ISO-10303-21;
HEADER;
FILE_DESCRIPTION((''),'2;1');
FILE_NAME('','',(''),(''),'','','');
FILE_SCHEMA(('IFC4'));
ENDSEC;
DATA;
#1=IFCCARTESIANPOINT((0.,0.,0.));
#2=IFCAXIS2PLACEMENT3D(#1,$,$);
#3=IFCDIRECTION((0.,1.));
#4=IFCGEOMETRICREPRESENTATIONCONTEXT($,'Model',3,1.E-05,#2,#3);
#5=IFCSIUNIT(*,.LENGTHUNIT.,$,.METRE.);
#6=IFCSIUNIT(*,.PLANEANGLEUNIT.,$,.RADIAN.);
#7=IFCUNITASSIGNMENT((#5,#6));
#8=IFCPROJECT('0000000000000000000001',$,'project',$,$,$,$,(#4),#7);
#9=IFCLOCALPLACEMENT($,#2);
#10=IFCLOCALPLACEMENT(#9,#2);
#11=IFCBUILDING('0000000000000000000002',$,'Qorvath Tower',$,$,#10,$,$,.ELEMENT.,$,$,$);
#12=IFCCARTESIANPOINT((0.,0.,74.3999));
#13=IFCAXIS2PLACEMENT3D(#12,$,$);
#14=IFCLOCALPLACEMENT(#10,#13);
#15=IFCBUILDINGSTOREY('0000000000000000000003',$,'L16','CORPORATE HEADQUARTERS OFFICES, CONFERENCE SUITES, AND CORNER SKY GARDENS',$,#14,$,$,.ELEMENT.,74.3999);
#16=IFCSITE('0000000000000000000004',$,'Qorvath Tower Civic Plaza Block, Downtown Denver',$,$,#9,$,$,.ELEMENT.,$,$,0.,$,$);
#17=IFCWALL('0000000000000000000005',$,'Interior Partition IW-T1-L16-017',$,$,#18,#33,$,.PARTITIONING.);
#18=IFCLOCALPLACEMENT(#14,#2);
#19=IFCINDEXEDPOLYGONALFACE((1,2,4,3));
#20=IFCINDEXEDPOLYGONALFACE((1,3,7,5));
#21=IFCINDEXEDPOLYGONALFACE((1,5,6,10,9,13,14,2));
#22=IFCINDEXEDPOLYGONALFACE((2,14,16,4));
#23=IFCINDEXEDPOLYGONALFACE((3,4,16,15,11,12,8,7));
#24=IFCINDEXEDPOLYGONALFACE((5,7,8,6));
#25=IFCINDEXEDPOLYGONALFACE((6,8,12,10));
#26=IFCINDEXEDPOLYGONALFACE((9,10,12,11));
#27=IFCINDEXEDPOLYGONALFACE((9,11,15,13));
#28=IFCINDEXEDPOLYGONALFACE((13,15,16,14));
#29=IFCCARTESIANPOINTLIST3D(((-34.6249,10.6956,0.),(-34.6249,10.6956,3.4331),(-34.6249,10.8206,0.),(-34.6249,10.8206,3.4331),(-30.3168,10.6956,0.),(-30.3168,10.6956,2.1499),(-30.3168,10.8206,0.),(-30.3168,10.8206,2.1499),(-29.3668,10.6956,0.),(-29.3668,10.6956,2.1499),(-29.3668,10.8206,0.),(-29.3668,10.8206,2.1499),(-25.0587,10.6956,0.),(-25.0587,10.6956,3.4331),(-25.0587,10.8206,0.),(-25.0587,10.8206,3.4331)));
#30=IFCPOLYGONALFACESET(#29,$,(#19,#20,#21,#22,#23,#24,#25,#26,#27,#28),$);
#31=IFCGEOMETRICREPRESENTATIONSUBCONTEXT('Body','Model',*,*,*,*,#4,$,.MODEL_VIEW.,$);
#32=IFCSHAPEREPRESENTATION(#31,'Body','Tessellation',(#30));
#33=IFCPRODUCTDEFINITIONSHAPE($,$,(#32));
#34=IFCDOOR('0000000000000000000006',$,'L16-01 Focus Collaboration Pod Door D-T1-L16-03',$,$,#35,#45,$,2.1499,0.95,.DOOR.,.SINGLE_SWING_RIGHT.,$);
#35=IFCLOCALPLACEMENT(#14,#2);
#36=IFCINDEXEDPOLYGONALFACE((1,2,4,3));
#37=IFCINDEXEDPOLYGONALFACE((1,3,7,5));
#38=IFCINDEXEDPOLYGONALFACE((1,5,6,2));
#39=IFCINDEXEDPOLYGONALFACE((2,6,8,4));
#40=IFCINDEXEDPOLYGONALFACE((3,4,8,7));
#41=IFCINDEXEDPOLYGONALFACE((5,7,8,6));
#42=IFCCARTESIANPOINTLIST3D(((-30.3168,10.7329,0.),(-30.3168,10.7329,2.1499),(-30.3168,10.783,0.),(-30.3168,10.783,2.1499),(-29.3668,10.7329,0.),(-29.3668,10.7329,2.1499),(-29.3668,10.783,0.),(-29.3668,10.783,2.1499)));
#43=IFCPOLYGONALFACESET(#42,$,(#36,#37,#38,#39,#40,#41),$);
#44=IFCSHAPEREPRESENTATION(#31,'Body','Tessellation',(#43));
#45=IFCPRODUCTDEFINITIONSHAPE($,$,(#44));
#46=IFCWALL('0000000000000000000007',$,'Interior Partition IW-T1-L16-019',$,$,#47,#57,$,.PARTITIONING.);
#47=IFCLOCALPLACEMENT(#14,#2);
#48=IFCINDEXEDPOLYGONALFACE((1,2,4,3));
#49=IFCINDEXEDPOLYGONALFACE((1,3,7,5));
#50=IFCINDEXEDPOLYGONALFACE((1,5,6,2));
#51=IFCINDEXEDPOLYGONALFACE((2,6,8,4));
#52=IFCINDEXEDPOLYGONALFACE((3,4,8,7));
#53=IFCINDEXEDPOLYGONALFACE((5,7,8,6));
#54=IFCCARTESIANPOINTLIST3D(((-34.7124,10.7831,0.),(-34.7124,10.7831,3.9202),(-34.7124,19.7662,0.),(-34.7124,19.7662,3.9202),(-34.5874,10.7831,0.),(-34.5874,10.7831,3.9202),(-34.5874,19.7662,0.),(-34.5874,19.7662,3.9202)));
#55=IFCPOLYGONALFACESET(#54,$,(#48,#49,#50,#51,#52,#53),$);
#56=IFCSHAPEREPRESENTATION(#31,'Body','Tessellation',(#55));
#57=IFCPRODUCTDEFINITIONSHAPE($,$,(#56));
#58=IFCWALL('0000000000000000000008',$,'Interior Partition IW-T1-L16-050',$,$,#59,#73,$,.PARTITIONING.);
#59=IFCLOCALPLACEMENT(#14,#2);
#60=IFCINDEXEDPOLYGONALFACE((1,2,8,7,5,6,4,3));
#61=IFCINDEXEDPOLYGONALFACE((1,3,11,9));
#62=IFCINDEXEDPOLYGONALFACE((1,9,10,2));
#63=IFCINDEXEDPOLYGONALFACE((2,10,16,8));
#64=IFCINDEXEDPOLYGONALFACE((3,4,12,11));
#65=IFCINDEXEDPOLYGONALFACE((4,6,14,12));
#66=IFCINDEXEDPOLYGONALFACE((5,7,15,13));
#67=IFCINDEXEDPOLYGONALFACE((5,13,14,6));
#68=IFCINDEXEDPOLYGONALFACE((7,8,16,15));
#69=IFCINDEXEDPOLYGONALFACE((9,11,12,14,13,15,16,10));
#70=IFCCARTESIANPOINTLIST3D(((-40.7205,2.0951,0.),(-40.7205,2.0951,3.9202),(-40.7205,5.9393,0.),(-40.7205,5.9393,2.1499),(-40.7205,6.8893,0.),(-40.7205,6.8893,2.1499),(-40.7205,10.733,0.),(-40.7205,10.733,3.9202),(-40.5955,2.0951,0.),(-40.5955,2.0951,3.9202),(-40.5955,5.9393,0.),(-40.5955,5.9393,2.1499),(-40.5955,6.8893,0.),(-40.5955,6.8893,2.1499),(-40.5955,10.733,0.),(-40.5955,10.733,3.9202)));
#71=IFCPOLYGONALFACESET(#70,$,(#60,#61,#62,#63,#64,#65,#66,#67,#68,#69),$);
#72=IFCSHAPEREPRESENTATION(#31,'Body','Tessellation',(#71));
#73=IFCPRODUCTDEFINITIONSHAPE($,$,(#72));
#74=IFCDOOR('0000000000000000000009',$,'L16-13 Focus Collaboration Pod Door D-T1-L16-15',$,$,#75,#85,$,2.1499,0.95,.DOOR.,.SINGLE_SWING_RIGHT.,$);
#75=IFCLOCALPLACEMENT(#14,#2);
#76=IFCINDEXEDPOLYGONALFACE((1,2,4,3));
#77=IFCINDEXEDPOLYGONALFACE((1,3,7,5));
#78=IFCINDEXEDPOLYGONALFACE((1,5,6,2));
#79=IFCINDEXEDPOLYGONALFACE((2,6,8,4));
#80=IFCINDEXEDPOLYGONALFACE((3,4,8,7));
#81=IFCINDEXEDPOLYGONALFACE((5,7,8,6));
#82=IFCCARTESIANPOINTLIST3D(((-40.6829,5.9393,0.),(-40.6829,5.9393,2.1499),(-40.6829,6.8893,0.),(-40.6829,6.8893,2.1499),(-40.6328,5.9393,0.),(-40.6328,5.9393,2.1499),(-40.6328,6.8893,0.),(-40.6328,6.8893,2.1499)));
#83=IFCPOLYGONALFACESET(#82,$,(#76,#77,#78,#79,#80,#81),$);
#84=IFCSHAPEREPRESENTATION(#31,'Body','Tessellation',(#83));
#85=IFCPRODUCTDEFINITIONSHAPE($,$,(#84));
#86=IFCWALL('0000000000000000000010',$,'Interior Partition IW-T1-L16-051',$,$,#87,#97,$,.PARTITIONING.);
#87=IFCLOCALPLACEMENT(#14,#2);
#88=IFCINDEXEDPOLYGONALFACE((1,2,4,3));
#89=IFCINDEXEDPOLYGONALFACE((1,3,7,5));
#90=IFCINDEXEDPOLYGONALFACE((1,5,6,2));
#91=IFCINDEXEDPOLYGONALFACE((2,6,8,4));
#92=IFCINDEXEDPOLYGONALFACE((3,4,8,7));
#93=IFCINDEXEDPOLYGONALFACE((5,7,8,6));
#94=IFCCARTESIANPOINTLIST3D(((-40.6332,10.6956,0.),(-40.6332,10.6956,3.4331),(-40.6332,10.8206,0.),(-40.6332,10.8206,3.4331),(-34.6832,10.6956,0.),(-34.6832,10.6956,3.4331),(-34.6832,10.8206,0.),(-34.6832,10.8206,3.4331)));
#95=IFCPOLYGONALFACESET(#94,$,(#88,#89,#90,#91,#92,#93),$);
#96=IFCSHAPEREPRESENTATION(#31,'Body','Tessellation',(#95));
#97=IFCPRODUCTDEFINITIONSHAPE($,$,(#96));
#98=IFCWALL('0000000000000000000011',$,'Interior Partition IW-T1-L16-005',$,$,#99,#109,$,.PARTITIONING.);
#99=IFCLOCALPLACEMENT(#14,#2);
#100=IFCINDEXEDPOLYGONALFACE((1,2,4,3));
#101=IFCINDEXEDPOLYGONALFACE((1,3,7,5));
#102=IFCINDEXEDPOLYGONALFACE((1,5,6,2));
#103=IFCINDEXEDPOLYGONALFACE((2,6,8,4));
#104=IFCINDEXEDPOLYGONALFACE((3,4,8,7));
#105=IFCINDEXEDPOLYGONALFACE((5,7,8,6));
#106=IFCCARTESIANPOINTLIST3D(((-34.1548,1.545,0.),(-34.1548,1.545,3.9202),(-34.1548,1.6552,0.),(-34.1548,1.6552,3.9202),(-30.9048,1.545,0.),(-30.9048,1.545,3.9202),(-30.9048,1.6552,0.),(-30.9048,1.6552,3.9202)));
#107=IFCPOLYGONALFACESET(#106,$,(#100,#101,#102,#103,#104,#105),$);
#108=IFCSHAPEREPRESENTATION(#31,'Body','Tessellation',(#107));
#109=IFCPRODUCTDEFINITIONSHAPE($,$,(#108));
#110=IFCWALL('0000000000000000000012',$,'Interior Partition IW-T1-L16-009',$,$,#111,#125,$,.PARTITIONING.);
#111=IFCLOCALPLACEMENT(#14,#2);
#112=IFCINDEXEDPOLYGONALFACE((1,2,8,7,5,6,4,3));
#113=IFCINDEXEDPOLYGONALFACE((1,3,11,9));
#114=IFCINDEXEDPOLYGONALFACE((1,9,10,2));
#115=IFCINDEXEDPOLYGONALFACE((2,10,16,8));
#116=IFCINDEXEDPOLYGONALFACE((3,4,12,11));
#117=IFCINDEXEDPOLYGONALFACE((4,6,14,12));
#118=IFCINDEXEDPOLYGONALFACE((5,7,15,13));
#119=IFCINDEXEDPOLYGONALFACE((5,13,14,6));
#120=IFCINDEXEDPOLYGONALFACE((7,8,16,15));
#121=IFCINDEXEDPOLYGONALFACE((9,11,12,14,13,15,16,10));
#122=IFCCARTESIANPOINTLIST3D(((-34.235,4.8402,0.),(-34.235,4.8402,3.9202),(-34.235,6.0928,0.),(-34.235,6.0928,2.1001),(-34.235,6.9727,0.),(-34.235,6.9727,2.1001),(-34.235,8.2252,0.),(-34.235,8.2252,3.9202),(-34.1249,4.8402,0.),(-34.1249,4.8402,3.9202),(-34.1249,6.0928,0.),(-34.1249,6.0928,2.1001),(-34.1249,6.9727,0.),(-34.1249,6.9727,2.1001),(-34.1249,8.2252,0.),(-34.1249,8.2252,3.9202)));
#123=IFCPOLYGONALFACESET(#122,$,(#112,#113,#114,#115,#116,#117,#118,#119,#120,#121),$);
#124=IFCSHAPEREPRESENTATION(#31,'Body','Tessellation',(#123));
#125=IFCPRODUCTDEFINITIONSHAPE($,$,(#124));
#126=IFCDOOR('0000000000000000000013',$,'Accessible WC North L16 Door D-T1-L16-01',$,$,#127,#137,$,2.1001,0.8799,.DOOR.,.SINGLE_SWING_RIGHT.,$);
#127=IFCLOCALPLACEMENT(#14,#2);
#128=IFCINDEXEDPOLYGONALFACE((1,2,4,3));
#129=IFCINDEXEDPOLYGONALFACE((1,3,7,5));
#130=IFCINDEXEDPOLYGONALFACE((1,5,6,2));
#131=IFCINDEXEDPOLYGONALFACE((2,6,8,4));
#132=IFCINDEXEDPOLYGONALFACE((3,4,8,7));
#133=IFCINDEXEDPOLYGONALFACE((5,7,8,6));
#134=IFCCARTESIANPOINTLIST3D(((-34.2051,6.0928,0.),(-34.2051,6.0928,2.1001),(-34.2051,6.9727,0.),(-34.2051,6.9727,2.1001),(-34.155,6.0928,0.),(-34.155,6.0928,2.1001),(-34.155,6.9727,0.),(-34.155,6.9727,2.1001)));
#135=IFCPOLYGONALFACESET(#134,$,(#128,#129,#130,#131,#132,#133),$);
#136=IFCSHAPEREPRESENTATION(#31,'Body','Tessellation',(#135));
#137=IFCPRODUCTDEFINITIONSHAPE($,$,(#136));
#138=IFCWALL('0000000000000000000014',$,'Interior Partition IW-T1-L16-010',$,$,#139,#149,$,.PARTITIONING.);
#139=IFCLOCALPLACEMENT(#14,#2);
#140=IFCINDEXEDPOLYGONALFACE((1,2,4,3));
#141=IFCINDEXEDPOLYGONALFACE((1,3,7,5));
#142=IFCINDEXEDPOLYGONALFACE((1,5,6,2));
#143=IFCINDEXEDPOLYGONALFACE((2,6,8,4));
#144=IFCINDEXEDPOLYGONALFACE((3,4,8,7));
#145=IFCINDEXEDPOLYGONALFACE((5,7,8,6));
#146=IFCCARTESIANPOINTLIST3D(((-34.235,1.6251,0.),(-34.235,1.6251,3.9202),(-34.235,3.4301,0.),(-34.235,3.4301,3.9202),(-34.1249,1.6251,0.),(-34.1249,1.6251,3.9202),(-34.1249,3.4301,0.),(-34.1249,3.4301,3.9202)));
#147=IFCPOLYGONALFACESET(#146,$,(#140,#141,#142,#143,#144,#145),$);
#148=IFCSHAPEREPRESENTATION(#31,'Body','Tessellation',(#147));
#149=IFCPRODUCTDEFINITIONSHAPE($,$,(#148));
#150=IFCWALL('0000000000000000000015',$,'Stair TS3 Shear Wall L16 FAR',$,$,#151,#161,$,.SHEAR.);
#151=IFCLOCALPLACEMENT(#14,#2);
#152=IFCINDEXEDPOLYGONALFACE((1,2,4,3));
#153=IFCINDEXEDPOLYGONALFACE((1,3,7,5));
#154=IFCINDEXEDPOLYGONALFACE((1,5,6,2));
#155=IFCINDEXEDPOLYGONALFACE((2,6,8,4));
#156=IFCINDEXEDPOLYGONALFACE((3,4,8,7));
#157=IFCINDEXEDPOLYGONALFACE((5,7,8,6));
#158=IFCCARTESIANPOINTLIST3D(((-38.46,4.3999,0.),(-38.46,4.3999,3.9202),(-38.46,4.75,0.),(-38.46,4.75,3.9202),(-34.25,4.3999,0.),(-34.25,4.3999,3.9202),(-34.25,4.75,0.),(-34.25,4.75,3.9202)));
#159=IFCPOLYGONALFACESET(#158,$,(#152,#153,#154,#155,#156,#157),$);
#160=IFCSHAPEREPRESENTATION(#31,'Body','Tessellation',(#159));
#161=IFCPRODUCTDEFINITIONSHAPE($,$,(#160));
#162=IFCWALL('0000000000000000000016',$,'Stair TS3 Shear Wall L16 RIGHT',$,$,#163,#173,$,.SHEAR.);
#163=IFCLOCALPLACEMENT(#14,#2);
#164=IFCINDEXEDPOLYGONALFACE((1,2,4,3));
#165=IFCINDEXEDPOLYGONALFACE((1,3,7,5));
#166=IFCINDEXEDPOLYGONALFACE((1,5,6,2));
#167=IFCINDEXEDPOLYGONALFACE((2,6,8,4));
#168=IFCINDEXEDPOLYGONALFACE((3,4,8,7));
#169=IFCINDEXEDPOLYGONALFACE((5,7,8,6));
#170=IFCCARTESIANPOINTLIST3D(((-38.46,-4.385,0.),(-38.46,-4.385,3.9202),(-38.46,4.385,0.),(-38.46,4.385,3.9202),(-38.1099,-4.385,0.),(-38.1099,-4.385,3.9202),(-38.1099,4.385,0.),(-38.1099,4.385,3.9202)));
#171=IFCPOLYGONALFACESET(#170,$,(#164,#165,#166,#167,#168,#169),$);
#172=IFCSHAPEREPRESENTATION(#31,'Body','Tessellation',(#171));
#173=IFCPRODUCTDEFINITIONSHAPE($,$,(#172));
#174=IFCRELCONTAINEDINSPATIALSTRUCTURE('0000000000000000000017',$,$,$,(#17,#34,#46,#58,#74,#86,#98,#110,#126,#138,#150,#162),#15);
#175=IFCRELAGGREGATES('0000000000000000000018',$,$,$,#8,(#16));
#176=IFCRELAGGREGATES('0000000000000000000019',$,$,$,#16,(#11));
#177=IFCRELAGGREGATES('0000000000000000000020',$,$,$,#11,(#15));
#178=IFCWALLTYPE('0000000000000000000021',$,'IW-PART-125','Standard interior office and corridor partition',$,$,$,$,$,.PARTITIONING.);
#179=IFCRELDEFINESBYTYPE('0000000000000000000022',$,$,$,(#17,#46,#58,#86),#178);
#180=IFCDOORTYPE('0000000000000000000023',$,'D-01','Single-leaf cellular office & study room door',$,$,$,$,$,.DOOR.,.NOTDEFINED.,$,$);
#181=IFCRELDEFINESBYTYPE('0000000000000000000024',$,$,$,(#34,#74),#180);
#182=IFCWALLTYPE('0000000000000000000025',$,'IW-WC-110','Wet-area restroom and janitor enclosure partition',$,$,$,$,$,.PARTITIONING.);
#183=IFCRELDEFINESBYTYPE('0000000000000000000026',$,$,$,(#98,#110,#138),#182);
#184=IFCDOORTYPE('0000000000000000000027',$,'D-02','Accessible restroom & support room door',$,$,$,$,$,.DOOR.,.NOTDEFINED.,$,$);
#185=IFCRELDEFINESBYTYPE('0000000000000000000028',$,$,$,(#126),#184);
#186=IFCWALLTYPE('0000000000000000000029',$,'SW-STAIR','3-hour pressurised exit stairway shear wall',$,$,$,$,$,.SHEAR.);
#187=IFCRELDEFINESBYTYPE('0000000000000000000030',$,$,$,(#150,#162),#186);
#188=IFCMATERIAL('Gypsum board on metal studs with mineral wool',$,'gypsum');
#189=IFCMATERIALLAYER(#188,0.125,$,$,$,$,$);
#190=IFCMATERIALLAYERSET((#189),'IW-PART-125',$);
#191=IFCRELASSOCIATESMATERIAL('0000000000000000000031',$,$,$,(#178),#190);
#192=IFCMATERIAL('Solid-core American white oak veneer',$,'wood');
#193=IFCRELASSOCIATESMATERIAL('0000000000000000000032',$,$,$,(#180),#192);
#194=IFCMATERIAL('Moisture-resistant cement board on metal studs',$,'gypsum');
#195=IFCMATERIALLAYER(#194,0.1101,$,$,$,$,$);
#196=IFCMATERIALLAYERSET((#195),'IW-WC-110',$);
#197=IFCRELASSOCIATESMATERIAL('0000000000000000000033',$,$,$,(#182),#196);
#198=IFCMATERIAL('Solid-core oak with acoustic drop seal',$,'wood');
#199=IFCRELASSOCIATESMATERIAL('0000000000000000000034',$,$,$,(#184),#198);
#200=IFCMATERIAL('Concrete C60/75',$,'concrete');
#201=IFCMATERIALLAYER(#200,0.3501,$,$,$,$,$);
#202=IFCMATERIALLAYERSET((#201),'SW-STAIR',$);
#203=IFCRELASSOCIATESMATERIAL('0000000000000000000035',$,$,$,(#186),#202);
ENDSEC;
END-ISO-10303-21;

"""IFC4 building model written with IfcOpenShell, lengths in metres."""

from ifc_helpers import new_model, si_unit, direction, frame, frame_2d, origin, place, context, subcontext, project, spatial, rectangle, extrude, material, layer, layer_set, type_object, element, fill, save


model = new_model("IFC4")

# Units and contexts
model_context = context("Model", 3, precision=1e-05, world=origin(), true_north=direction((0.0, 1.0)))
body_context = subcontext(model_context, "Body", "Model", "MODEL_VIEW")
ifc_project = project(units=[si_unit("LENGTHUNIT", "METRE"), si_unit("PLANEANGLEUNIT", "RADIAN")], contexts=[model_context])

# Site, building, storey
site_placement = place(None, origin())
site = spatial("IfcSite", under=ifc_project, at=site_placement, Name="Qorvath Tower Civic Plaza Block, Downtown Denver", CompositionType="ELEMENT", RefElevation=0.0)
building_placement = place(site_placement, origin())
building = spatial("IfcBuilding", under=site, at=building_placement, Name="Qorvath Tower", CompositionType="ELEMENT")
storey_placement = place(building_placement, frame((0.0, 0.0, 74.3999)))
storey = spatial("IfcBuildingStorey", under=building, at=storey_placement, Name="L16", Description="CORPORATE HEADQUARTERS OFFICES, CONFERENCE SUITES, AND CORNER SKY GARDENS", CompositionType="ELEMENT", Elevation=74.3999)

# Wall, opening, door
ifc_material_1 = material(Name="Gypsum board on metal studs with mineral wool", Category="gypsum")
ifc_layer_1 = layer(ifc_material_1, 0.125)
ifc_layer_set_1 = layer_set([ifc_layer_1], Name="IW-PART-125")
wall_type_1 = type_object("IfcWallType", Name="IW-PART-125", Description="Standard interior office and corridor partition", PredefinedType="PARTITIONING", material=ifc_layer_set_1)
wall_1_placement = place(storey_placement, frame((-34.625, 10.7581, 0.0), z_axis=(0.0, 0.0, 1.0), x_axis=(1.0, 0.0, 0.0)))
wall_1 = element("IfcWall", 1, at=wall_1_placement, inside=storey, type_object=wall_type_1, Name="Interior Partition IW-T1-L16-017", PredefinedType="PARTITIONING", context=body_context, shape_type="SweptSolid", body=[
    extrude(rectangle(XDim=9.5662, YDim=0.125, at=frame_2d((4.7832, 0.0))), origin(), (0.0, 0.0, 1.0), 3.4331),
])
opening_1_placement = place(wall_1_placement, frame((4.3081, 0.0, 0.0)))
opening_1 = element("IfcOpeningElement", 2, at=opening_1_placement, cuts=wall_1, PredefinedType="OPENING", context=body_context, shape_type="SweptSolid", body=[
    extrude(rectangle(XDim=0.95, YDim=2.1499, at=frame_2d((0.4751, 1.075))), frame((0.0, 0.0725, 0.0), z_axis=(0.0, -1.0, 0.0), x_axis=(1.0, 0.0, 0.0)), (0.0, 0.0, 1.0), 0.145),
])
ifc_material_2 = material(Name="Solid-core American white oak veneer", Category="wood")
door_type_1 = type_object("IfcDoorType", Name="D-01", Description="Single-leaf cellular office & study room door", OperationType="NOTDEFINED", PredefinedType="DOOR", material=ifc_material_2)
door_1_placement = place(opening_1_placement, origin())
door_1 = element("IfcDoor", 3, at=door_1_placement, inside=storey, type_object=door_type_1, Name="L16-01 Focus Collaboration Pod Door D-T1-L16-03", OperationType="SINGLE_SWING_RIGHT", OverallHeight=2.1499, OverallWidth=0.95, PredefinedType="DOOR", context=body_context, shape_type="SweptSolid", body=[
    extrude(rectangle(XDim=0.95, YDim=2.1499, at=frame_2d((0.4751, 1.075))), frame((0.0, 0.0249, 0.0), z_axis=(0.0, -1.0, 0.0), x_axis=(1.0, 0.0, 0.0)), (0.0, 0.0, 1.0), 0.05),
])
fill(opening_1, door_1)

# Wall
wall_2_placement = place(storey_placement, frame((-34.6499, 19.7664, 0.0), z_axis=(0.0, 0.0, 1.0), x_axis=(0.0, -1.0, 0.0)))
element("IfcWall", 4, at=wall_2_placement, inside=storey, type_object=wall_type_1, Name="Interior Partition IW-T1-L16-019", PredefinedType="PARTITIONING", context=body_context, shape_type="SweptSolid", body=[
    extrude(rectangle(XDim=8.9832, YDim=0.125, at=frame_2d((4.4917, 0.0))), origin(), (0.0, 0.0, 1.0), 3.9202),
])

# Wall, opening, door
wall_3_placement = place(storey_placement, frame((-40.658, 2.0952, 0.0), z_axis=(0.0, 0.0, 1.0), x_axis=(0.0, 1.0, 0.0)))
wall_3 = element("IfcWall", 5, at=wall_3_placement, inside=storey, type_object=wall_type_1, Name="Interior Partition IW-T1-L16-050", PredefinedType="PARTITIONING", context=body_context, shape_type="SweptSolid", body=[
    extrude(rectangle(XDim=8.6379, YDim=0.125, at=frame_2d((4.3188, 0.0))), origin(), (0.0, 0.0, 1.0), 3.9202),
])
opening_2_placement = place(wall_3_placement, frame((3.844, 0.0, 0.0)))
opening_2 = element("IfcOpeningElement", 6, at=opening_2_placement, cuts=wall_3, PredefinedType="OPENING", context=body_context, shape_type="SweptSolid", body=[
    extrude(rectangle(XDim=0.95, YDim=2.1499, at=frame_2d((0.4751, 1.075))), frame((0.0, 0.0725, 0.0), z_axis=(0.0, -1.0, 0.0), x_axis=(1.0, 0.0, 0.0)), (0.0, 0.0, 1.0), 0.145),
])
door_2_placement = place(opening_2_placement, origin())
door_2 = element("IfcDoor", 7, at=door_2_placement, inside=storey, type_object=door_type_1, Name="L16-13 Focus Collaboration Pod Door D-T1-L16-15", OperationType="SINGLE_SWING_RIGHT", OverallHeight=2.1499, OverallWidth=0.95, PredefinedType="DOOR", context=body_context, shape_type="SweptSolid", body=[
    extrude(rectangle(XDim=0.95, YDim=2.1499, at=frame_2d((0.4751, 1.075))), frame((0.0, 0.0249, 0.0), z_axis=(0.0, -1.0, 0.0), x_axis=(1.0, 0.0, 0.0)), (0.0, 0.0, 1.0), 0.05),
])
fill(opening_2, door_2)

# Walls
wall_4_placement = place(storey_placement, frame((-34.6831, 10.7581, 0.0), z_axis=(0.0, 0.0, 1.0), x_axis=(-1.0, 0.0, 0.0)))
element("IfcWall", 8, at=wall_4_placement, inside=storey, type_object=wall_type_1, Name="Interior Partition IW-T1-L16-051", PredefinedType="PARTITIONING", context=body_context, shape_type="SweptSolid", body=[
    extrude(rectangle(XDim=5.95, YDim=0.125, at=frame_2d((2.9751, 0.0))), origin(), (0.0, 0.0, 1.0), 3.4331),
])
ifc_material_3 = material(Name="Moisture-resistant cement board on metal studs", Category="gypsum")
ifc_layer_2 = layer(ifc_material_3, 0.1101)
ifc_layer_set_2 = layer_set([ifc_layer_2], Name="IW-WC-110")
wall_type_2 = type_object("IfcWallType", Name="IW-WC-110", Description="Wet-area restroom and janitor enclosure partition", PredefinedType="PARTITIONING", material=ifc_layer_set_2)
wall_5_placement = place(storey_placement, frame((-34.1548, 1.6001, 0.0), z_axis=(0.0, 0.0, 1.0), x_axis=(1.0, 0.0, 0.0)))
element("IfcWall", 9, at=wall_5_placement, inside=storey, type_object=wall_type_2, Name="Interior Partition IW-T1-L16-005", PredefinedType="PARTITIONING", context=body_context, shape_type="SweptSolid", body=[
    extrude(rectangle(XDim=3.25, YDim=0.1101, at=frame_2d((1.625, 0.0))), origin(), (0.0, 0.0, 1.0), 3.9202),
])

# Wall, opening, door
wall_6_placement = place(storey_placement, frame((-34.1799, 8.2251, 0.0), z_axis=(0.0, 0.0, 1.0), x_axis=(0.0, -1.0, 0.0)))
wall_6 = element("IfcWall", 10, at=wall_6_placement, inside=storey, type_object=wall_type_2, Name="Interior Partition IW-T1-L16-009", PredefinedType="PARTITIONING", context=body_context, shape_type="SweptSolid", body=[
    extrude(rectangle(XDim=3.385, YDim=0.1101, at=frame_2d((1.6924, 0.0))), origin(), (0.0, 0.0, 1.0), 3.9202),
])
opening_3_placement = place(wall_6_placement, frame((1.2524, 0.0, 0.0)))
opening_3 = element("IfcOpeningElement", 11, at=opening_3_placement, cuts=wall_6, PredefinedType="OPENING", context=body_context, shape_type="SweptSolid", body=[
    extrude(rectangle(XDim=0.8799, YDim=2.1001, at=frame_2d((0.4399, 1.05))), frame((0.0, 0.0649, 0.0), z_axis=(0.0, -1.0, 0.0), x_axis=(1.0, 0.0, 0.0)), (0.0, 0.0, 1.0), 0.1301),
])
ifc_material_4 = material(Name="Solid-core oak with acoustic drop seal", Category="wood")
door_type_2 = type_object("IfcDoorType", Name="D-02", Description="Accessible restroom & support room door", OperationType="NOTDEFINED", PredefinedType="DOOR", material=ifc_material_4)
door_3_placement = place(opening_3_placement, origin())
door_3 = element("IfcDoor", 12, at=door_3_placement, inside=storey, type_object=door_type_2, Name="Accessible WC North L16 Door D-T1-L16-01", OperationType="SINGLE_SWING_RIGHT", OverallHeight=2.1001, OverallWidth=0.8799, PredefinedType="DOOR", context=body_context, shape_type="SweptSolid", body=[
    extrude(rectangle(XDim=0.8799, YDim=2.1001, at=frame_2d((0.4399, 1.05))), frame((0.0, 0.0249, 0.0), z_axis=(0.0, -1.0, 0.0), x_axis=(1.0, 0.0, 0.0)), (0.0, 0.0, 1.0), 0.05),
])
fill(opening_3, door_3)

# Walls
wall_7_placement = place(storey_placement, frame((-34.1799, 3.4299, 0.0), z_axis=(0.0, 0.0, 1.0), x_axis=(0.0, -1.0, 0.0)))
element("IfcWall", 13, at=wall_7_placement, inside=storey, type_object=wall_type_2, Name="Interior Partition IW-T1-L16-010", PredefinedType="PARTITIONING", context=body_context, shape_type="SweptSolid", body=[
    extrude(rectangle(XDim=1.8049, YDim=0.1101, at=frame_2d((0.9023, 0.0))), origin(), (0.0, 0.0, 1.0), 3.9202),
])
ifc_material_5 = material(Name="Concrete C60/75", Category="concrete")
ifc_layer_3 = layer(ifc_material_5, 0.3501)
ifc_layer_set_3 = layer_set([ifc_layer_3], Name="SW-STAIR")
wall_type_3 = type_object("IfcWallType", Name="SW-STAIR", Description="3-hour pressurised exit stairway shear wall", PredefinedType="SHEAR", material=ifc_layer_set_3)
wall_8_placement = place(storey_placement, frame((-34.25, 4.575, 0.0), z_axis=(0.0, 0.0, 1.0), x_axis=(-1.0, 0.0, 0.0)))
element("IfcWall", 14, at=wall_8_placement, inside=storey, type_object=wall_type_3, Name="Stair TS3 Shear Wall L16 FAR", PredefinedType="SHEAR", context=body_context, shape_type="SweptSolid", body=[
    extrude(rectangle(XDim=4.21, YDim=0.3501, at=frame_2d((2.105, 0.0))), origin(), (0.0, 0.0, 1.0), 3.9202),
])
wall_9_placement = place(storey_placement, frame((-38.2849, 4.385, 0.0), z_axis=(0.0, 0.0, 1.0), x_axis=(0.0, -1.0, 0.0)))
element("IfcWall", 15, at=wall_9_placement, inside=storey, type_object=wall_type_3, Name="Stair TS3 Shear Wall L16 RIGHT", PredefinedType="SHEAR", context=body_context, shape_type="SweptSolid", body=[
    extrude(rectangle(XDim=8.77, YDim=0.3501, at=frame_2d((4.385, 0.0))), origin(), (0.0, 0.0, 1.0), 3.9202),
])

save(model, "model.ifc")
